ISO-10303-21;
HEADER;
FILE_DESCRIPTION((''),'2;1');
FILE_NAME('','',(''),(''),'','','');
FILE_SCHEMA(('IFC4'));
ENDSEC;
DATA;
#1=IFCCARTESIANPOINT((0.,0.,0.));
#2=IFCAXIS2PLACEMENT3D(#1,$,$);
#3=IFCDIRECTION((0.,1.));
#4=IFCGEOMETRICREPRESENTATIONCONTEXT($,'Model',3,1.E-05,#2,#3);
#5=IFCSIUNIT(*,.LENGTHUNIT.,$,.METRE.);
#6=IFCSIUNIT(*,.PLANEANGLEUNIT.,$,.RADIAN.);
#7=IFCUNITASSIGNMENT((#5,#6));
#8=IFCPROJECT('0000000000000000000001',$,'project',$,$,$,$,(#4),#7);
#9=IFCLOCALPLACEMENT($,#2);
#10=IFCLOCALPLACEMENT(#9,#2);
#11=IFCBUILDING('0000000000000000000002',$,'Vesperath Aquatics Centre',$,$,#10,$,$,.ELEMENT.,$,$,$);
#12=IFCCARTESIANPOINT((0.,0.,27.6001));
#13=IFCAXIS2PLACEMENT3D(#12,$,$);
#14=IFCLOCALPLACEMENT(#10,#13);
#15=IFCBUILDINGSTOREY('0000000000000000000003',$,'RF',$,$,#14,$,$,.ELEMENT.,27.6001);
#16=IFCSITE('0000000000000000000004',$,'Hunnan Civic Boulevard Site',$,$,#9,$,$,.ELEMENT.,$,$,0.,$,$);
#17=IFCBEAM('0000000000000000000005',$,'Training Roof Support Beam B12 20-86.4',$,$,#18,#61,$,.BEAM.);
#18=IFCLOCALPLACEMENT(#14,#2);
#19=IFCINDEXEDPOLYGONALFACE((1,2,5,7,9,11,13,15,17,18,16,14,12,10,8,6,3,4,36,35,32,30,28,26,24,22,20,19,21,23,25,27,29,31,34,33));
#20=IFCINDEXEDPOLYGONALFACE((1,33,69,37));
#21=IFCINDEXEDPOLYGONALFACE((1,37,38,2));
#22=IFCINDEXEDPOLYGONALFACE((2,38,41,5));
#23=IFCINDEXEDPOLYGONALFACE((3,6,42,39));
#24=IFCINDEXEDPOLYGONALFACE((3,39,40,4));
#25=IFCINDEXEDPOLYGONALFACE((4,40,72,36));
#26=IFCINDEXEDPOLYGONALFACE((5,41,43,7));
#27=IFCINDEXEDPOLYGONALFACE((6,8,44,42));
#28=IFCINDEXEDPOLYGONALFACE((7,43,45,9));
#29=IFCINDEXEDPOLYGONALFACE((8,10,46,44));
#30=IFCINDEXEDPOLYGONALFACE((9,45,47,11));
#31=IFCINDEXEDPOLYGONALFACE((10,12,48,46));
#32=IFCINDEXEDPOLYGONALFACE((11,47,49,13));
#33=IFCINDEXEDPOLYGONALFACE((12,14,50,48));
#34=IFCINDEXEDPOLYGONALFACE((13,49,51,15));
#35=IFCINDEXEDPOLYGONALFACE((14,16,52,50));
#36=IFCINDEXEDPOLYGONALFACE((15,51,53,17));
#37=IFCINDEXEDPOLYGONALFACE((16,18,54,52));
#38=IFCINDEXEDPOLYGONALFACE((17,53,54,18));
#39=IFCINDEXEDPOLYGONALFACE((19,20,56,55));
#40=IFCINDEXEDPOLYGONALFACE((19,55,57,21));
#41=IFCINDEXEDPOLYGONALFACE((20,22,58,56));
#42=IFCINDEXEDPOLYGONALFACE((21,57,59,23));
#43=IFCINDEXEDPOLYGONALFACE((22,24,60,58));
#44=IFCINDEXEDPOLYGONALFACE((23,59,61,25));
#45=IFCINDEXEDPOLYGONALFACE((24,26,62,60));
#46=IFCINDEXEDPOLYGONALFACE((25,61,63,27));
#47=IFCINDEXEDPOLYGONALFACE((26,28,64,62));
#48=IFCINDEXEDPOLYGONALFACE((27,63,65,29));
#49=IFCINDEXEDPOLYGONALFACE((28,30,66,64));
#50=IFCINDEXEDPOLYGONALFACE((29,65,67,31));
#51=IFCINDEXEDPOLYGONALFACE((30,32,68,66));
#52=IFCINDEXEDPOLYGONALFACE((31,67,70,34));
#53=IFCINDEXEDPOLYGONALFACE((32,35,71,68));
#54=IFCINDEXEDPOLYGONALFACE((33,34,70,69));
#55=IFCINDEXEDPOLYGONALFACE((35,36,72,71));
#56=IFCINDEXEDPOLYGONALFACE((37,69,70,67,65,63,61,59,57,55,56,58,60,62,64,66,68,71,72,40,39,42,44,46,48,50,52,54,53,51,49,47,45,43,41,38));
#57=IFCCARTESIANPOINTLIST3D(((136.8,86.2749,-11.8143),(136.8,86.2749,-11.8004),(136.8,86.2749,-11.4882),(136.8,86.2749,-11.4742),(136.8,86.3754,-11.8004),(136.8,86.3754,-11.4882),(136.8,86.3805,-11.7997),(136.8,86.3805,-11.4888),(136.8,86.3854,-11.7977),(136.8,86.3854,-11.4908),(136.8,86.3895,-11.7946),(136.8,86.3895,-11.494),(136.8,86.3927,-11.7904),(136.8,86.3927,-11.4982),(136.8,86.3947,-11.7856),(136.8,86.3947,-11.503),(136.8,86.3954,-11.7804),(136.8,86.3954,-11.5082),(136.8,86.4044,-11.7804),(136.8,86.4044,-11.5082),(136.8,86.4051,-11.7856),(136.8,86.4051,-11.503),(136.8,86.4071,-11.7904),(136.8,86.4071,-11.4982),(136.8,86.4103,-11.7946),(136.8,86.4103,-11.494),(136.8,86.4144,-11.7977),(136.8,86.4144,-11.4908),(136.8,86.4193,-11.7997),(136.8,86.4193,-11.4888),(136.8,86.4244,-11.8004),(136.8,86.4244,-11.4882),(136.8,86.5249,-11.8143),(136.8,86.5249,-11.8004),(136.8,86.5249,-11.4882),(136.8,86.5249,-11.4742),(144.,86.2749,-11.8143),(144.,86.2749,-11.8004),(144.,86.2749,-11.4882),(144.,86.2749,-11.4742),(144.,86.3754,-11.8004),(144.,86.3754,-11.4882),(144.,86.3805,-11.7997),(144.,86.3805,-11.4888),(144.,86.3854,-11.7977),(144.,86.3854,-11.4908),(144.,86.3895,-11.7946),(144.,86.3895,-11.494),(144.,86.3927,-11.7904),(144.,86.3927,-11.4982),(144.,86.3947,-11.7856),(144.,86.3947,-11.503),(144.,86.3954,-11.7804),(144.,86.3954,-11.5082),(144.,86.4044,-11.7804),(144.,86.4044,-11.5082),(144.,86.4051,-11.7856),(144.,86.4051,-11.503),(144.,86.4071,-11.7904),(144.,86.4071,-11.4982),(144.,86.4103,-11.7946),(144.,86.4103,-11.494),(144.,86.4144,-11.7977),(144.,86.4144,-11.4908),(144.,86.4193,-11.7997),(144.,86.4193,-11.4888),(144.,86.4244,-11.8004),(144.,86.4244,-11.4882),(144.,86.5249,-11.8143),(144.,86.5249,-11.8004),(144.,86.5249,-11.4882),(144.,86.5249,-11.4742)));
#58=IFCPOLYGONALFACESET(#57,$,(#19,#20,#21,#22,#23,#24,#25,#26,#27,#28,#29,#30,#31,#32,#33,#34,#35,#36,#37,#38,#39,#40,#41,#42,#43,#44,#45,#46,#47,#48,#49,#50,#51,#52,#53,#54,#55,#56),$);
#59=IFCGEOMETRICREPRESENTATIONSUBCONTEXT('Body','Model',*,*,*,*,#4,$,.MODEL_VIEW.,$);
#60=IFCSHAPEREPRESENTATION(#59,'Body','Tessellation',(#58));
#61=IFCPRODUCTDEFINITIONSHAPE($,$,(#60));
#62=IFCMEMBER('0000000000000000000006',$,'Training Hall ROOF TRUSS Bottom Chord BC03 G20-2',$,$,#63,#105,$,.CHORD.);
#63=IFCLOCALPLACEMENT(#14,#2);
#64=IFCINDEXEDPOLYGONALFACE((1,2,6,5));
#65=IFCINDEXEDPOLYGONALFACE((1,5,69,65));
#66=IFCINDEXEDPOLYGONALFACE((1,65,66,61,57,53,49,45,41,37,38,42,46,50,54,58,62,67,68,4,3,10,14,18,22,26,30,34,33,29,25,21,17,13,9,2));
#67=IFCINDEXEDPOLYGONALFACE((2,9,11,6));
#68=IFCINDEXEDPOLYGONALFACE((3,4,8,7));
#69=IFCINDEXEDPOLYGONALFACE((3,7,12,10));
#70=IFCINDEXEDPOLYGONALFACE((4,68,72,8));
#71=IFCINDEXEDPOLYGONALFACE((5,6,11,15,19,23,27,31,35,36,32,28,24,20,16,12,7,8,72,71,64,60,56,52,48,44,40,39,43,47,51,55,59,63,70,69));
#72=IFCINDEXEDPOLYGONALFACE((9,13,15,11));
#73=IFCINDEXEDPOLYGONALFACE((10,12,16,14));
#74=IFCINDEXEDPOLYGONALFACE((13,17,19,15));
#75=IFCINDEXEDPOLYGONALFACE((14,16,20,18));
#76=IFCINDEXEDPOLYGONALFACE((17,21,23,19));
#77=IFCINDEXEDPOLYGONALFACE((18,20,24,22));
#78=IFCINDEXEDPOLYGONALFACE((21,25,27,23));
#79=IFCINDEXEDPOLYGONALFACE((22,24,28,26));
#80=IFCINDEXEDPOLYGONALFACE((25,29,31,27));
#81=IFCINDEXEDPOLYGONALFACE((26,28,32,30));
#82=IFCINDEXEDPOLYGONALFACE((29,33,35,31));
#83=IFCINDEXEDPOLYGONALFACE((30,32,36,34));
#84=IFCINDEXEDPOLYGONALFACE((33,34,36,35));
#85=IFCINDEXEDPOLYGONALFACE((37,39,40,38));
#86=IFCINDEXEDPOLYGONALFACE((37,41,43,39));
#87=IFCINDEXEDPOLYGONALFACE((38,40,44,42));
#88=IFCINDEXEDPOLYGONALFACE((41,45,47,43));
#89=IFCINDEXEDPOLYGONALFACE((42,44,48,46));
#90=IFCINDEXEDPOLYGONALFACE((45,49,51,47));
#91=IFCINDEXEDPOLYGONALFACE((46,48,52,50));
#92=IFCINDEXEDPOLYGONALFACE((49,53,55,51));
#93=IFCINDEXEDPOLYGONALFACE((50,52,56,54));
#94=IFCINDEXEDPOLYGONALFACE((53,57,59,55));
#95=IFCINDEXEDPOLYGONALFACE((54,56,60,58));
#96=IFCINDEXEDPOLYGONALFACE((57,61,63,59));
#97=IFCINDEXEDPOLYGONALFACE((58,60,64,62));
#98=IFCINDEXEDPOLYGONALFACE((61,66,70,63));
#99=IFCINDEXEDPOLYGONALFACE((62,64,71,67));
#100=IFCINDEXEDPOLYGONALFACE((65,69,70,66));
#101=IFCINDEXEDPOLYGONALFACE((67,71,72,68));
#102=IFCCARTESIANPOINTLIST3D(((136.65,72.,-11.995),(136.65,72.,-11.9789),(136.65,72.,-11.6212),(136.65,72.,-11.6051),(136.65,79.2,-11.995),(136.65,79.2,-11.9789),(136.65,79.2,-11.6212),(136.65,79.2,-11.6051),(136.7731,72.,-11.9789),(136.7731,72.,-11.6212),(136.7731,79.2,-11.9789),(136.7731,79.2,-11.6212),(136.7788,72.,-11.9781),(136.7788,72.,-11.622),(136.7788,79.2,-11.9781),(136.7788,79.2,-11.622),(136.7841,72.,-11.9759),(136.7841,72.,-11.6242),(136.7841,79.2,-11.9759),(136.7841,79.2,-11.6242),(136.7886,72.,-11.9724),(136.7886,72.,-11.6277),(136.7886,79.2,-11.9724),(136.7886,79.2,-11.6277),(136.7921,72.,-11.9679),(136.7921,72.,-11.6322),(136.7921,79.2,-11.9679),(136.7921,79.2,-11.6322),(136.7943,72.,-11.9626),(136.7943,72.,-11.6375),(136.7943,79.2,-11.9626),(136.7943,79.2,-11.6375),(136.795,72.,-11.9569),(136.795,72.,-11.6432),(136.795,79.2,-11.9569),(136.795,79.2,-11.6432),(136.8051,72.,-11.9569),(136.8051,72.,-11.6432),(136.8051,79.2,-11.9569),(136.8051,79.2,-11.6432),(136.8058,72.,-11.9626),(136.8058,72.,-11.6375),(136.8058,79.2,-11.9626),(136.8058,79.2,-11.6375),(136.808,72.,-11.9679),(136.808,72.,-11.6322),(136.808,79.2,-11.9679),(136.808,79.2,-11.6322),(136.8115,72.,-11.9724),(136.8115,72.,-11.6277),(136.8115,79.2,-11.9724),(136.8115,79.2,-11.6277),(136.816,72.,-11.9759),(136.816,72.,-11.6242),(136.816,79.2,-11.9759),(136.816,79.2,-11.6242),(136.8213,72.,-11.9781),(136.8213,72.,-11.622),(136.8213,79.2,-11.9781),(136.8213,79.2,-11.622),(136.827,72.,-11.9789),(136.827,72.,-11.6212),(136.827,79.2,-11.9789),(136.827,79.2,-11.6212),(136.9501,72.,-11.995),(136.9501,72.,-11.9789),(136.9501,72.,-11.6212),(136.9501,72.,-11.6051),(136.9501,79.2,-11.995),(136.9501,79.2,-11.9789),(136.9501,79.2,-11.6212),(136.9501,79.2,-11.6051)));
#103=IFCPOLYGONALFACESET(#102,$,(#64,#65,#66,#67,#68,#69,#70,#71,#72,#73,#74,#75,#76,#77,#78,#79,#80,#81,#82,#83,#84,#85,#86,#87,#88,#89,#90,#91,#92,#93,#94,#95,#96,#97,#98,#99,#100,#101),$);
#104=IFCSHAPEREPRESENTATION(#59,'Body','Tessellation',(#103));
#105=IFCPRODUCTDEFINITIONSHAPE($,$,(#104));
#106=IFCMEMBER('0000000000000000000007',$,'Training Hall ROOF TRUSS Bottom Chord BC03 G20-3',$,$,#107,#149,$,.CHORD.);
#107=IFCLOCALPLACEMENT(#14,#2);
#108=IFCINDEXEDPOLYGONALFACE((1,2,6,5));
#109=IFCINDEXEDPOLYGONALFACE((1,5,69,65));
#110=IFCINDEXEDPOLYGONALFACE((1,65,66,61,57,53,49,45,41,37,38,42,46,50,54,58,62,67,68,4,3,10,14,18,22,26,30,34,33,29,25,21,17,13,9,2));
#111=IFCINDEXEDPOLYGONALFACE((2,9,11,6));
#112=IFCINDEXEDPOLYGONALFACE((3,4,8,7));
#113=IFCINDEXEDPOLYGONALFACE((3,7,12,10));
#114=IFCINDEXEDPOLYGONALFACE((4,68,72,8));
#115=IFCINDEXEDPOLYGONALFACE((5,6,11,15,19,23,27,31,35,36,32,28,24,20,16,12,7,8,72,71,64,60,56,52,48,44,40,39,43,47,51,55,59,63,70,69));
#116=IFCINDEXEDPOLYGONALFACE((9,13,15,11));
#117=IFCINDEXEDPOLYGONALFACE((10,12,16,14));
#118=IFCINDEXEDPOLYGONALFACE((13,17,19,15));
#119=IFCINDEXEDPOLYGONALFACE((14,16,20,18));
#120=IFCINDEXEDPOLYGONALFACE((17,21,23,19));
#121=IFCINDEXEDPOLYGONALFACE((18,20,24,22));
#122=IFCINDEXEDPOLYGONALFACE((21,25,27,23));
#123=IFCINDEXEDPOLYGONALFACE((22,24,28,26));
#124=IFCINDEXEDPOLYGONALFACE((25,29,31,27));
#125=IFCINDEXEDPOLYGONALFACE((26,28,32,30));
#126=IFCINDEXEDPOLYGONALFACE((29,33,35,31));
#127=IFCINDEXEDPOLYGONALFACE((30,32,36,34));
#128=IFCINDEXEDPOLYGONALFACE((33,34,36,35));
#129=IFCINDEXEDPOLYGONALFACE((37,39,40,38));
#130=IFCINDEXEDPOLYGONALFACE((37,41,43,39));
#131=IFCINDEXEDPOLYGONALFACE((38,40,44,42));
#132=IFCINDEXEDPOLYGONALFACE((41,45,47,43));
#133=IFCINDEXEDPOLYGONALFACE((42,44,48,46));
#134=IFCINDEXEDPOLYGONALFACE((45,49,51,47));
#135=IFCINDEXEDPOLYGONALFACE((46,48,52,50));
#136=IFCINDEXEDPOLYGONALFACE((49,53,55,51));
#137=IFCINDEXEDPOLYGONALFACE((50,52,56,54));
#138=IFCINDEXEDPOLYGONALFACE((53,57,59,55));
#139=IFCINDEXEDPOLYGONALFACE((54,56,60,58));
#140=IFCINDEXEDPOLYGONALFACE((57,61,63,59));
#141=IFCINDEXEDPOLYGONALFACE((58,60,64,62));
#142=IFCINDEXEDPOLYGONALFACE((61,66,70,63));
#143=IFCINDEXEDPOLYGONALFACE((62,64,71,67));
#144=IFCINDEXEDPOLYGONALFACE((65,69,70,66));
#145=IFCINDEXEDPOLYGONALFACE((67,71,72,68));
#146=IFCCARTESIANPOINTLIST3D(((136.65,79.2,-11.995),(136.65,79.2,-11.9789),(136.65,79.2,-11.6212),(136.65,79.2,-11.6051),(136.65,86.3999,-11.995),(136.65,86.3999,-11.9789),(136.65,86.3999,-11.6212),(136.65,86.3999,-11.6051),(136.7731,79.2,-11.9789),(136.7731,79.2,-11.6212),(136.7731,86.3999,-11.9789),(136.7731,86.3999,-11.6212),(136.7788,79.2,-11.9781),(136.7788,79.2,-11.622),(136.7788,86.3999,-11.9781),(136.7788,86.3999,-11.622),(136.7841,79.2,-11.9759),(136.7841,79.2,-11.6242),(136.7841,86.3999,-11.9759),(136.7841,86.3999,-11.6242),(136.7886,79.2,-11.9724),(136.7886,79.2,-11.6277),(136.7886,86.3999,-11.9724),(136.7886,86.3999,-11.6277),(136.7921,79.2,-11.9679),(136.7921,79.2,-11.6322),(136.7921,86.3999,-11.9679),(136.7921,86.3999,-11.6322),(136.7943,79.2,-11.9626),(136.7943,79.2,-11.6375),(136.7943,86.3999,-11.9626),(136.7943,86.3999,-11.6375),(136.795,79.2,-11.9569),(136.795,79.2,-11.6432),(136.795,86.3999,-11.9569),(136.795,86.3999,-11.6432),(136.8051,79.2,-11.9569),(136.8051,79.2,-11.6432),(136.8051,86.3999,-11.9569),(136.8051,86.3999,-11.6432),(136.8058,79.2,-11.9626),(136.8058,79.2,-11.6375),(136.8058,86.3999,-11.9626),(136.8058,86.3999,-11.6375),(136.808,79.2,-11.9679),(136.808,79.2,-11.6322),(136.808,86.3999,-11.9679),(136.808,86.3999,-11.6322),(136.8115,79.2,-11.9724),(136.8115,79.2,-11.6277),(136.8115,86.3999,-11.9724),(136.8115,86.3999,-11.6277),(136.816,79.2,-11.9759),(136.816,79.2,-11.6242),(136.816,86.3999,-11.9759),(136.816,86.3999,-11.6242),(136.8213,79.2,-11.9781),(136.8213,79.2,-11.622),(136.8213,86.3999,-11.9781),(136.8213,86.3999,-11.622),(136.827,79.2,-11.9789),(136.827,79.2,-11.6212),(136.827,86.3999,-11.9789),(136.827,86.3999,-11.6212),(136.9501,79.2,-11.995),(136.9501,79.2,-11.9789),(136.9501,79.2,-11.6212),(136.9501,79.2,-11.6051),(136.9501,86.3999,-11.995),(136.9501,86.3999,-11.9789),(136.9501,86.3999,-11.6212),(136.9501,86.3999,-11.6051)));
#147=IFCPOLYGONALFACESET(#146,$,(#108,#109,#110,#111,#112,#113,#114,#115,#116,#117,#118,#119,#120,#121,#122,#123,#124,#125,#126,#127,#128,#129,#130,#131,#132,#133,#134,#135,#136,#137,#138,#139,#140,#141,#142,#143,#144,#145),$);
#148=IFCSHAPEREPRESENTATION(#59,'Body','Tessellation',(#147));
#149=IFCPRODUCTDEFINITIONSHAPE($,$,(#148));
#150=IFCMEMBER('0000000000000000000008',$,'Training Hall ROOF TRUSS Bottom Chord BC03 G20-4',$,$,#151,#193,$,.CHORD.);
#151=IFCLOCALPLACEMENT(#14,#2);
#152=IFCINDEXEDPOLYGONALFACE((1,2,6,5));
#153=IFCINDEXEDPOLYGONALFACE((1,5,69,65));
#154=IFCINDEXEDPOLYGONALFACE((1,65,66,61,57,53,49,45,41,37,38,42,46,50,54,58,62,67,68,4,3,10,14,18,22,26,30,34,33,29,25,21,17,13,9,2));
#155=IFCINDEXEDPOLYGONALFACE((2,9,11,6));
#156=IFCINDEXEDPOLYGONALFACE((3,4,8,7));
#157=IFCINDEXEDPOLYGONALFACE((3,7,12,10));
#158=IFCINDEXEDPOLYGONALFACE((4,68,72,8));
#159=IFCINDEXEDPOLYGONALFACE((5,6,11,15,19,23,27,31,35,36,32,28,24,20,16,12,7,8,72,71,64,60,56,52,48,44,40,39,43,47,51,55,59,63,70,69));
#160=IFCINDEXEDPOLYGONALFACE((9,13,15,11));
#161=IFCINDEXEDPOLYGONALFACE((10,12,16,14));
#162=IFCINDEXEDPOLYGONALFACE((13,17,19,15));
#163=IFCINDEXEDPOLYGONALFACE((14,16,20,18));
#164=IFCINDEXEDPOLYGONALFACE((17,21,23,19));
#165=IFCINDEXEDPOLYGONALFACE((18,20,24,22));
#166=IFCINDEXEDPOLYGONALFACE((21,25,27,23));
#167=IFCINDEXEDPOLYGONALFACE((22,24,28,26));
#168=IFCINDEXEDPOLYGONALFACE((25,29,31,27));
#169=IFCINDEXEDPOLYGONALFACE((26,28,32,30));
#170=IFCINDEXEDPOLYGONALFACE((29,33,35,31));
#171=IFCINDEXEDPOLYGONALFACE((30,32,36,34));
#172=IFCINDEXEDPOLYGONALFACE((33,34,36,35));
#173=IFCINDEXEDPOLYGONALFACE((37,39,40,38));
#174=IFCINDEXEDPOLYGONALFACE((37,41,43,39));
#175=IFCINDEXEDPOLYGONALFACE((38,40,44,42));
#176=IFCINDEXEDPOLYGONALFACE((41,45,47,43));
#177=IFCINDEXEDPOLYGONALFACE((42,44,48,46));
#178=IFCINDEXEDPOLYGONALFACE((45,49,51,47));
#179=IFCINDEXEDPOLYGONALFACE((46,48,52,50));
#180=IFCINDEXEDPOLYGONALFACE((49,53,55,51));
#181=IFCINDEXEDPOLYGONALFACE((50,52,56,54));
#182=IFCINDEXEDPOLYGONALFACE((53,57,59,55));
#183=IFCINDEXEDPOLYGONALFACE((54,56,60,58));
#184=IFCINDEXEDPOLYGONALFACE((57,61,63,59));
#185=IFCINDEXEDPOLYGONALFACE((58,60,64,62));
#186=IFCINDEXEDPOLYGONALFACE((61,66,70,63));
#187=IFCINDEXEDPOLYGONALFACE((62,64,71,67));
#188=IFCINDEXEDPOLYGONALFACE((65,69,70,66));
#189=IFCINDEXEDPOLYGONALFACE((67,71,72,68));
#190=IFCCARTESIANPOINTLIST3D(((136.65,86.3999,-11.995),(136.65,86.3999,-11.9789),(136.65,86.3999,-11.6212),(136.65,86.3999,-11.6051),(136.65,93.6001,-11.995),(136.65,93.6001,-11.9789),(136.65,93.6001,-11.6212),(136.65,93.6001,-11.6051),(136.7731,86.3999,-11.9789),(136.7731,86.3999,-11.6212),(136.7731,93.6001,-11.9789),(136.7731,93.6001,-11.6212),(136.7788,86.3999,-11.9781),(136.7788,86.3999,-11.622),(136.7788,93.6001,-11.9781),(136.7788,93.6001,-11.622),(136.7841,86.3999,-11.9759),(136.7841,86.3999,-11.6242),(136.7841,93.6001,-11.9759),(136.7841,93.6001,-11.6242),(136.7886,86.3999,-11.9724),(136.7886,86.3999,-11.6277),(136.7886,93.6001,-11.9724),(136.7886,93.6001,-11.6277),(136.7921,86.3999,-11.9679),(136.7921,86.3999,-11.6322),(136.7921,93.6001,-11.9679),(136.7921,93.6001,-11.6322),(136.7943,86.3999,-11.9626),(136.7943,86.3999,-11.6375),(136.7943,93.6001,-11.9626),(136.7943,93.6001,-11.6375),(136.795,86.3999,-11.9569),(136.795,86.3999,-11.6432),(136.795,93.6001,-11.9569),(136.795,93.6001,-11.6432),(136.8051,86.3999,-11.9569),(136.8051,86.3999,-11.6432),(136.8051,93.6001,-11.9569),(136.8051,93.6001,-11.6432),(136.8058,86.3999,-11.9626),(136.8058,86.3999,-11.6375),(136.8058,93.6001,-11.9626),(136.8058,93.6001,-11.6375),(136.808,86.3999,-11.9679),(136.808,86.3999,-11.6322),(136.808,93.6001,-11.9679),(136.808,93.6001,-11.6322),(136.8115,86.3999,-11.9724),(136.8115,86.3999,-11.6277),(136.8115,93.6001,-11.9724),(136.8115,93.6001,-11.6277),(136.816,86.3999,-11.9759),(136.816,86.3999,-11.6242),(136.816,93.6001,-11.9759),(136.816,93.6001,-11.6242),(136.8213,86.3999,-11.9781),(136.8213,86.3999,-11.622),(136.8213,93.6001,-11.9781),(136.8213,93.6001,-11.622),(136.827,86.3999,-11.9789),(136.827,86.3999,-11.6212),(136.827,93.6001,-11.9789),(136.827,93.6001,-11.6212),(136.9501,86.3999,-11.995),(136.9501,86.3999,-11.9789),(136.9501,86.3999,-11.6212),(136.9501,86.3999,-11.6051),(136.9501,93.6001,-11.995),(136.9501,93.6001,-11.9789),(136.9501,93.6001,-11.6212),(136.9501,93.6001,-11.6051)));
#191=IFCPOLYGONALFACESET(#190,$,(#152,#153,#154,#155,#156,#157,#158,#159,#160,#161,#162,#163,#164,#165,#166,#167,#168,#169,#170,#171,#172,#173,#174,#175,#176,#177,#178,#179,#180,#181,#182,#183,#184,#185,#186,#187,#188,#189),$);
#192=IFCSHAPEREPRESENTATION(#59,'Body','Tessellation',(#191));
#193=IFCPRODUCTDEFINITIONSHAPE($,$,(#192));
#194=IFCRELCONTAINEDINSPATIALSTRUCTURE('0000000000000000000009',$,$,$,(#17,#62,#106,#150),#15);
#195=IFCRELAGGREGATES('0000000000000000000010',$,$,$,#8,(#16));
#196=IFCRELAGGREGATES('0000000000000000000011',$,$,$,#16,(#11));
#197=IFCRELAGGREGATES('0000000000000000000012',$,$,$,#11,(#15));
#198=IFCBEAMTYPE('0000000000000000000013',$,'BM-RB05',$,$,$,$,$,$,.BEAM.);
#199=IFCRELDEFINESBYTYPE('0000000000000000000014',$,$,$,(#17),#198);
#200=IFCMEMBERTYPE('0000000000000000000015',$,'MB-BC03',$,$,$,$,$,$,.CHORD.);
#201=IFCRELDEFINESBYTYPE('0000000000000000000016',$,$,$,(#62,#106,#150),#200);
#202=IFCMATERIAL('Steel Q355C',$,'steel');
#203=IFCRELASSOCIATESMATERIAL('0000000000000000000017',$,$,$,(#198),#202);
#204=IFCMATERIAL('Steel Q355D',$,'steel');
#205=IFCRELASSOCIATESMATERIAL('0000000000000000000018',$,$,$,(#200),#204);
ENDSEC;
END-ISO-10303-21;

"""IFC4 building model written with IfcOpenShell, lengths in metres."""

from ifc_helpers import new_model, si_unit, direction, frame, origin, origin_2d, place, context, subcontext, project, spatial, i_section, extrude, material, material_profile, profile_set, type_object, element, save


model = new_model("IFC4")

# Units and contexts
model_context = context("Model", 3, precision=1e-05, world=origin(), true_north=direction((0.0, 1.0)))
body_context = subcontext(model_context, "Body", "Model", "MODEL_VIEW")
ifc_project = project(units=[si_unit("LENGTHUNIT", "METRE"), si_unit("PLANEANGLEUNIT", "RADIAN")], contexts=[model_context])

# Site, building, storey
site_placement = place(None, origin())
site = spatial("IfcSite", under=ifc_project, at=site_placement, Name="Hunnan Civic Boulevard Site", CompositionType="ELEMENT", RefElevation=0.0)
building_placement = place(site_placement, origin())
building = spatial("IfcBuilding", under=site, at=building_placement, Name="Vesperath Aquatics Centre", CompositionType="ELEMENT")
storey_placement = place(building_placement, frame((0.0, 0.0, 27.6001)))
storey = spatial("IfcBuildingStorey", under=building, at=storey_placement, Name="RF", CompositionType="ELEMENT", Elevation=27.6001)

# Beam
ifc_material_1 = material(Name="Steel Q355C", Category="steel")
ifc_material_profile_1 = material_profile(ifc_material_1, i_section(OverallWidth=0.25, OverallDepth=0.3401, WebThickness=0.009, FlangeThickness=0.0139, FilletRadius=0.02, at=origin_2d()), Name="HM 340x250x9x14")
ifc_profile_set_1 = profile_set([ifc_material_profile_1], Name="Steel Q355C")
beam_type_1 = type_object("IfcBeamType", Name="BM-RB05", PredefinedType="BEAM", material=ifc_profile_set_1)
for number, where, z_axis, x_axis, name in (
    (1, (136.8, 86.3999, -11.6443), (1.0, 0.0, 0.0), (0.0, 1.0, 0.0), "Training Roof Support Beam B12 20-86.4"),
):
    element("IfcBeam", number, at=place(storey_placement, frame(where, z_axis=z_axis, x_axis=x_axis)), inside=storey, type_object=beam_type_1, Name=name, PredefinedType="BEAM", context=body_context, shape_type="SweptSolid", body=[
        extrude(i_section(OverallWidth=0.25, OverallDepth=0.3401, WebThickness=0.009, FlangeThickness=0.0139, FilletRadius=0.02, at=origin_2d()), origin(), (0.0, 0.0, 1.0), 7.2),
    ])

# Members
ifc_material_2 = material(Name="Steel Q355D", Category="steel")
ifc_material_profile_2 = material_profile(ifc_material_2, i_section(OverallWidth=0.3, OverallDepth=0.3899, WebThickness=0.01, FlangeThickness=0.0161, FilletRadius=0.022, at=origin_2d()), Name="HM 390x300x10x16")
ifc_profile_set_2 = profile_set([ifc_material_profile_2], Name="Steel Q355D")
member_type_1 = type_object("IfcMemberType", Name="MB-BC03", PredefinedType="CHORD", material=ifc_profile_set_2)
for number, where, z_axis, x_axis, name in (
    (2, (136.8, 72.0, -11.8), (0.0, 1.0, 0.0), (-1.0, 0.0, 0.0), "Training Hall ROOF TRUSS Bottom Chord BC03 G20-2"),
    (3, (136.8, 79.2, -11.8), (0.0, 1.0, 0.0), (-1.0, 0.0, 0.0), "Training Hall ROOF TRUSS Bottom Chord BC03 G20-3"),
):
    element("IfcMember", number, at=place(storey_placement, frame(where, z_axis=z_axis, x_axis=x_axis)), inside=storey, type_object=member_type_1, Name=name, PredefinedType="CHORD", context=body_context, shape_type="SweptSolid", body=[
        extrude(i_section(OverallWidth=0.3, OverallDepth=0.3899, WebThickness=0.01, FlangeThickness=0.0161, FilletRadius=0.022, at=origin_2d()), origin(), (0.0, 0.0, 1.0), 7.2),
    ])
member_1_placement = place(storey_placement, frame((136.8, 86.3999, -11.8), z_axis=(0.0, 1.0, 0.0), x_axis=(-1.0, 0.0, 0.0)))
element("IfcMember", 4, at=member_1_placement, inside=storey, type_object=member_type_1, Name="Training Hall ROOF TRUSS Bottom Chord BC03 G20-4", PredefinedType="CHORD", context=body_context, shape_type="SweptSolid", body=[
    extrude(i_section(OverallWidth=0.3, OverallDepth=0.3899, WebThickness=0.01, FlangeThickness=0.0161, FilletRadius=0.022, at=origin_2d()), origin(), (0.0, 0.0, 1.0), 7.2002),
])

save(model, "model.ifc")
